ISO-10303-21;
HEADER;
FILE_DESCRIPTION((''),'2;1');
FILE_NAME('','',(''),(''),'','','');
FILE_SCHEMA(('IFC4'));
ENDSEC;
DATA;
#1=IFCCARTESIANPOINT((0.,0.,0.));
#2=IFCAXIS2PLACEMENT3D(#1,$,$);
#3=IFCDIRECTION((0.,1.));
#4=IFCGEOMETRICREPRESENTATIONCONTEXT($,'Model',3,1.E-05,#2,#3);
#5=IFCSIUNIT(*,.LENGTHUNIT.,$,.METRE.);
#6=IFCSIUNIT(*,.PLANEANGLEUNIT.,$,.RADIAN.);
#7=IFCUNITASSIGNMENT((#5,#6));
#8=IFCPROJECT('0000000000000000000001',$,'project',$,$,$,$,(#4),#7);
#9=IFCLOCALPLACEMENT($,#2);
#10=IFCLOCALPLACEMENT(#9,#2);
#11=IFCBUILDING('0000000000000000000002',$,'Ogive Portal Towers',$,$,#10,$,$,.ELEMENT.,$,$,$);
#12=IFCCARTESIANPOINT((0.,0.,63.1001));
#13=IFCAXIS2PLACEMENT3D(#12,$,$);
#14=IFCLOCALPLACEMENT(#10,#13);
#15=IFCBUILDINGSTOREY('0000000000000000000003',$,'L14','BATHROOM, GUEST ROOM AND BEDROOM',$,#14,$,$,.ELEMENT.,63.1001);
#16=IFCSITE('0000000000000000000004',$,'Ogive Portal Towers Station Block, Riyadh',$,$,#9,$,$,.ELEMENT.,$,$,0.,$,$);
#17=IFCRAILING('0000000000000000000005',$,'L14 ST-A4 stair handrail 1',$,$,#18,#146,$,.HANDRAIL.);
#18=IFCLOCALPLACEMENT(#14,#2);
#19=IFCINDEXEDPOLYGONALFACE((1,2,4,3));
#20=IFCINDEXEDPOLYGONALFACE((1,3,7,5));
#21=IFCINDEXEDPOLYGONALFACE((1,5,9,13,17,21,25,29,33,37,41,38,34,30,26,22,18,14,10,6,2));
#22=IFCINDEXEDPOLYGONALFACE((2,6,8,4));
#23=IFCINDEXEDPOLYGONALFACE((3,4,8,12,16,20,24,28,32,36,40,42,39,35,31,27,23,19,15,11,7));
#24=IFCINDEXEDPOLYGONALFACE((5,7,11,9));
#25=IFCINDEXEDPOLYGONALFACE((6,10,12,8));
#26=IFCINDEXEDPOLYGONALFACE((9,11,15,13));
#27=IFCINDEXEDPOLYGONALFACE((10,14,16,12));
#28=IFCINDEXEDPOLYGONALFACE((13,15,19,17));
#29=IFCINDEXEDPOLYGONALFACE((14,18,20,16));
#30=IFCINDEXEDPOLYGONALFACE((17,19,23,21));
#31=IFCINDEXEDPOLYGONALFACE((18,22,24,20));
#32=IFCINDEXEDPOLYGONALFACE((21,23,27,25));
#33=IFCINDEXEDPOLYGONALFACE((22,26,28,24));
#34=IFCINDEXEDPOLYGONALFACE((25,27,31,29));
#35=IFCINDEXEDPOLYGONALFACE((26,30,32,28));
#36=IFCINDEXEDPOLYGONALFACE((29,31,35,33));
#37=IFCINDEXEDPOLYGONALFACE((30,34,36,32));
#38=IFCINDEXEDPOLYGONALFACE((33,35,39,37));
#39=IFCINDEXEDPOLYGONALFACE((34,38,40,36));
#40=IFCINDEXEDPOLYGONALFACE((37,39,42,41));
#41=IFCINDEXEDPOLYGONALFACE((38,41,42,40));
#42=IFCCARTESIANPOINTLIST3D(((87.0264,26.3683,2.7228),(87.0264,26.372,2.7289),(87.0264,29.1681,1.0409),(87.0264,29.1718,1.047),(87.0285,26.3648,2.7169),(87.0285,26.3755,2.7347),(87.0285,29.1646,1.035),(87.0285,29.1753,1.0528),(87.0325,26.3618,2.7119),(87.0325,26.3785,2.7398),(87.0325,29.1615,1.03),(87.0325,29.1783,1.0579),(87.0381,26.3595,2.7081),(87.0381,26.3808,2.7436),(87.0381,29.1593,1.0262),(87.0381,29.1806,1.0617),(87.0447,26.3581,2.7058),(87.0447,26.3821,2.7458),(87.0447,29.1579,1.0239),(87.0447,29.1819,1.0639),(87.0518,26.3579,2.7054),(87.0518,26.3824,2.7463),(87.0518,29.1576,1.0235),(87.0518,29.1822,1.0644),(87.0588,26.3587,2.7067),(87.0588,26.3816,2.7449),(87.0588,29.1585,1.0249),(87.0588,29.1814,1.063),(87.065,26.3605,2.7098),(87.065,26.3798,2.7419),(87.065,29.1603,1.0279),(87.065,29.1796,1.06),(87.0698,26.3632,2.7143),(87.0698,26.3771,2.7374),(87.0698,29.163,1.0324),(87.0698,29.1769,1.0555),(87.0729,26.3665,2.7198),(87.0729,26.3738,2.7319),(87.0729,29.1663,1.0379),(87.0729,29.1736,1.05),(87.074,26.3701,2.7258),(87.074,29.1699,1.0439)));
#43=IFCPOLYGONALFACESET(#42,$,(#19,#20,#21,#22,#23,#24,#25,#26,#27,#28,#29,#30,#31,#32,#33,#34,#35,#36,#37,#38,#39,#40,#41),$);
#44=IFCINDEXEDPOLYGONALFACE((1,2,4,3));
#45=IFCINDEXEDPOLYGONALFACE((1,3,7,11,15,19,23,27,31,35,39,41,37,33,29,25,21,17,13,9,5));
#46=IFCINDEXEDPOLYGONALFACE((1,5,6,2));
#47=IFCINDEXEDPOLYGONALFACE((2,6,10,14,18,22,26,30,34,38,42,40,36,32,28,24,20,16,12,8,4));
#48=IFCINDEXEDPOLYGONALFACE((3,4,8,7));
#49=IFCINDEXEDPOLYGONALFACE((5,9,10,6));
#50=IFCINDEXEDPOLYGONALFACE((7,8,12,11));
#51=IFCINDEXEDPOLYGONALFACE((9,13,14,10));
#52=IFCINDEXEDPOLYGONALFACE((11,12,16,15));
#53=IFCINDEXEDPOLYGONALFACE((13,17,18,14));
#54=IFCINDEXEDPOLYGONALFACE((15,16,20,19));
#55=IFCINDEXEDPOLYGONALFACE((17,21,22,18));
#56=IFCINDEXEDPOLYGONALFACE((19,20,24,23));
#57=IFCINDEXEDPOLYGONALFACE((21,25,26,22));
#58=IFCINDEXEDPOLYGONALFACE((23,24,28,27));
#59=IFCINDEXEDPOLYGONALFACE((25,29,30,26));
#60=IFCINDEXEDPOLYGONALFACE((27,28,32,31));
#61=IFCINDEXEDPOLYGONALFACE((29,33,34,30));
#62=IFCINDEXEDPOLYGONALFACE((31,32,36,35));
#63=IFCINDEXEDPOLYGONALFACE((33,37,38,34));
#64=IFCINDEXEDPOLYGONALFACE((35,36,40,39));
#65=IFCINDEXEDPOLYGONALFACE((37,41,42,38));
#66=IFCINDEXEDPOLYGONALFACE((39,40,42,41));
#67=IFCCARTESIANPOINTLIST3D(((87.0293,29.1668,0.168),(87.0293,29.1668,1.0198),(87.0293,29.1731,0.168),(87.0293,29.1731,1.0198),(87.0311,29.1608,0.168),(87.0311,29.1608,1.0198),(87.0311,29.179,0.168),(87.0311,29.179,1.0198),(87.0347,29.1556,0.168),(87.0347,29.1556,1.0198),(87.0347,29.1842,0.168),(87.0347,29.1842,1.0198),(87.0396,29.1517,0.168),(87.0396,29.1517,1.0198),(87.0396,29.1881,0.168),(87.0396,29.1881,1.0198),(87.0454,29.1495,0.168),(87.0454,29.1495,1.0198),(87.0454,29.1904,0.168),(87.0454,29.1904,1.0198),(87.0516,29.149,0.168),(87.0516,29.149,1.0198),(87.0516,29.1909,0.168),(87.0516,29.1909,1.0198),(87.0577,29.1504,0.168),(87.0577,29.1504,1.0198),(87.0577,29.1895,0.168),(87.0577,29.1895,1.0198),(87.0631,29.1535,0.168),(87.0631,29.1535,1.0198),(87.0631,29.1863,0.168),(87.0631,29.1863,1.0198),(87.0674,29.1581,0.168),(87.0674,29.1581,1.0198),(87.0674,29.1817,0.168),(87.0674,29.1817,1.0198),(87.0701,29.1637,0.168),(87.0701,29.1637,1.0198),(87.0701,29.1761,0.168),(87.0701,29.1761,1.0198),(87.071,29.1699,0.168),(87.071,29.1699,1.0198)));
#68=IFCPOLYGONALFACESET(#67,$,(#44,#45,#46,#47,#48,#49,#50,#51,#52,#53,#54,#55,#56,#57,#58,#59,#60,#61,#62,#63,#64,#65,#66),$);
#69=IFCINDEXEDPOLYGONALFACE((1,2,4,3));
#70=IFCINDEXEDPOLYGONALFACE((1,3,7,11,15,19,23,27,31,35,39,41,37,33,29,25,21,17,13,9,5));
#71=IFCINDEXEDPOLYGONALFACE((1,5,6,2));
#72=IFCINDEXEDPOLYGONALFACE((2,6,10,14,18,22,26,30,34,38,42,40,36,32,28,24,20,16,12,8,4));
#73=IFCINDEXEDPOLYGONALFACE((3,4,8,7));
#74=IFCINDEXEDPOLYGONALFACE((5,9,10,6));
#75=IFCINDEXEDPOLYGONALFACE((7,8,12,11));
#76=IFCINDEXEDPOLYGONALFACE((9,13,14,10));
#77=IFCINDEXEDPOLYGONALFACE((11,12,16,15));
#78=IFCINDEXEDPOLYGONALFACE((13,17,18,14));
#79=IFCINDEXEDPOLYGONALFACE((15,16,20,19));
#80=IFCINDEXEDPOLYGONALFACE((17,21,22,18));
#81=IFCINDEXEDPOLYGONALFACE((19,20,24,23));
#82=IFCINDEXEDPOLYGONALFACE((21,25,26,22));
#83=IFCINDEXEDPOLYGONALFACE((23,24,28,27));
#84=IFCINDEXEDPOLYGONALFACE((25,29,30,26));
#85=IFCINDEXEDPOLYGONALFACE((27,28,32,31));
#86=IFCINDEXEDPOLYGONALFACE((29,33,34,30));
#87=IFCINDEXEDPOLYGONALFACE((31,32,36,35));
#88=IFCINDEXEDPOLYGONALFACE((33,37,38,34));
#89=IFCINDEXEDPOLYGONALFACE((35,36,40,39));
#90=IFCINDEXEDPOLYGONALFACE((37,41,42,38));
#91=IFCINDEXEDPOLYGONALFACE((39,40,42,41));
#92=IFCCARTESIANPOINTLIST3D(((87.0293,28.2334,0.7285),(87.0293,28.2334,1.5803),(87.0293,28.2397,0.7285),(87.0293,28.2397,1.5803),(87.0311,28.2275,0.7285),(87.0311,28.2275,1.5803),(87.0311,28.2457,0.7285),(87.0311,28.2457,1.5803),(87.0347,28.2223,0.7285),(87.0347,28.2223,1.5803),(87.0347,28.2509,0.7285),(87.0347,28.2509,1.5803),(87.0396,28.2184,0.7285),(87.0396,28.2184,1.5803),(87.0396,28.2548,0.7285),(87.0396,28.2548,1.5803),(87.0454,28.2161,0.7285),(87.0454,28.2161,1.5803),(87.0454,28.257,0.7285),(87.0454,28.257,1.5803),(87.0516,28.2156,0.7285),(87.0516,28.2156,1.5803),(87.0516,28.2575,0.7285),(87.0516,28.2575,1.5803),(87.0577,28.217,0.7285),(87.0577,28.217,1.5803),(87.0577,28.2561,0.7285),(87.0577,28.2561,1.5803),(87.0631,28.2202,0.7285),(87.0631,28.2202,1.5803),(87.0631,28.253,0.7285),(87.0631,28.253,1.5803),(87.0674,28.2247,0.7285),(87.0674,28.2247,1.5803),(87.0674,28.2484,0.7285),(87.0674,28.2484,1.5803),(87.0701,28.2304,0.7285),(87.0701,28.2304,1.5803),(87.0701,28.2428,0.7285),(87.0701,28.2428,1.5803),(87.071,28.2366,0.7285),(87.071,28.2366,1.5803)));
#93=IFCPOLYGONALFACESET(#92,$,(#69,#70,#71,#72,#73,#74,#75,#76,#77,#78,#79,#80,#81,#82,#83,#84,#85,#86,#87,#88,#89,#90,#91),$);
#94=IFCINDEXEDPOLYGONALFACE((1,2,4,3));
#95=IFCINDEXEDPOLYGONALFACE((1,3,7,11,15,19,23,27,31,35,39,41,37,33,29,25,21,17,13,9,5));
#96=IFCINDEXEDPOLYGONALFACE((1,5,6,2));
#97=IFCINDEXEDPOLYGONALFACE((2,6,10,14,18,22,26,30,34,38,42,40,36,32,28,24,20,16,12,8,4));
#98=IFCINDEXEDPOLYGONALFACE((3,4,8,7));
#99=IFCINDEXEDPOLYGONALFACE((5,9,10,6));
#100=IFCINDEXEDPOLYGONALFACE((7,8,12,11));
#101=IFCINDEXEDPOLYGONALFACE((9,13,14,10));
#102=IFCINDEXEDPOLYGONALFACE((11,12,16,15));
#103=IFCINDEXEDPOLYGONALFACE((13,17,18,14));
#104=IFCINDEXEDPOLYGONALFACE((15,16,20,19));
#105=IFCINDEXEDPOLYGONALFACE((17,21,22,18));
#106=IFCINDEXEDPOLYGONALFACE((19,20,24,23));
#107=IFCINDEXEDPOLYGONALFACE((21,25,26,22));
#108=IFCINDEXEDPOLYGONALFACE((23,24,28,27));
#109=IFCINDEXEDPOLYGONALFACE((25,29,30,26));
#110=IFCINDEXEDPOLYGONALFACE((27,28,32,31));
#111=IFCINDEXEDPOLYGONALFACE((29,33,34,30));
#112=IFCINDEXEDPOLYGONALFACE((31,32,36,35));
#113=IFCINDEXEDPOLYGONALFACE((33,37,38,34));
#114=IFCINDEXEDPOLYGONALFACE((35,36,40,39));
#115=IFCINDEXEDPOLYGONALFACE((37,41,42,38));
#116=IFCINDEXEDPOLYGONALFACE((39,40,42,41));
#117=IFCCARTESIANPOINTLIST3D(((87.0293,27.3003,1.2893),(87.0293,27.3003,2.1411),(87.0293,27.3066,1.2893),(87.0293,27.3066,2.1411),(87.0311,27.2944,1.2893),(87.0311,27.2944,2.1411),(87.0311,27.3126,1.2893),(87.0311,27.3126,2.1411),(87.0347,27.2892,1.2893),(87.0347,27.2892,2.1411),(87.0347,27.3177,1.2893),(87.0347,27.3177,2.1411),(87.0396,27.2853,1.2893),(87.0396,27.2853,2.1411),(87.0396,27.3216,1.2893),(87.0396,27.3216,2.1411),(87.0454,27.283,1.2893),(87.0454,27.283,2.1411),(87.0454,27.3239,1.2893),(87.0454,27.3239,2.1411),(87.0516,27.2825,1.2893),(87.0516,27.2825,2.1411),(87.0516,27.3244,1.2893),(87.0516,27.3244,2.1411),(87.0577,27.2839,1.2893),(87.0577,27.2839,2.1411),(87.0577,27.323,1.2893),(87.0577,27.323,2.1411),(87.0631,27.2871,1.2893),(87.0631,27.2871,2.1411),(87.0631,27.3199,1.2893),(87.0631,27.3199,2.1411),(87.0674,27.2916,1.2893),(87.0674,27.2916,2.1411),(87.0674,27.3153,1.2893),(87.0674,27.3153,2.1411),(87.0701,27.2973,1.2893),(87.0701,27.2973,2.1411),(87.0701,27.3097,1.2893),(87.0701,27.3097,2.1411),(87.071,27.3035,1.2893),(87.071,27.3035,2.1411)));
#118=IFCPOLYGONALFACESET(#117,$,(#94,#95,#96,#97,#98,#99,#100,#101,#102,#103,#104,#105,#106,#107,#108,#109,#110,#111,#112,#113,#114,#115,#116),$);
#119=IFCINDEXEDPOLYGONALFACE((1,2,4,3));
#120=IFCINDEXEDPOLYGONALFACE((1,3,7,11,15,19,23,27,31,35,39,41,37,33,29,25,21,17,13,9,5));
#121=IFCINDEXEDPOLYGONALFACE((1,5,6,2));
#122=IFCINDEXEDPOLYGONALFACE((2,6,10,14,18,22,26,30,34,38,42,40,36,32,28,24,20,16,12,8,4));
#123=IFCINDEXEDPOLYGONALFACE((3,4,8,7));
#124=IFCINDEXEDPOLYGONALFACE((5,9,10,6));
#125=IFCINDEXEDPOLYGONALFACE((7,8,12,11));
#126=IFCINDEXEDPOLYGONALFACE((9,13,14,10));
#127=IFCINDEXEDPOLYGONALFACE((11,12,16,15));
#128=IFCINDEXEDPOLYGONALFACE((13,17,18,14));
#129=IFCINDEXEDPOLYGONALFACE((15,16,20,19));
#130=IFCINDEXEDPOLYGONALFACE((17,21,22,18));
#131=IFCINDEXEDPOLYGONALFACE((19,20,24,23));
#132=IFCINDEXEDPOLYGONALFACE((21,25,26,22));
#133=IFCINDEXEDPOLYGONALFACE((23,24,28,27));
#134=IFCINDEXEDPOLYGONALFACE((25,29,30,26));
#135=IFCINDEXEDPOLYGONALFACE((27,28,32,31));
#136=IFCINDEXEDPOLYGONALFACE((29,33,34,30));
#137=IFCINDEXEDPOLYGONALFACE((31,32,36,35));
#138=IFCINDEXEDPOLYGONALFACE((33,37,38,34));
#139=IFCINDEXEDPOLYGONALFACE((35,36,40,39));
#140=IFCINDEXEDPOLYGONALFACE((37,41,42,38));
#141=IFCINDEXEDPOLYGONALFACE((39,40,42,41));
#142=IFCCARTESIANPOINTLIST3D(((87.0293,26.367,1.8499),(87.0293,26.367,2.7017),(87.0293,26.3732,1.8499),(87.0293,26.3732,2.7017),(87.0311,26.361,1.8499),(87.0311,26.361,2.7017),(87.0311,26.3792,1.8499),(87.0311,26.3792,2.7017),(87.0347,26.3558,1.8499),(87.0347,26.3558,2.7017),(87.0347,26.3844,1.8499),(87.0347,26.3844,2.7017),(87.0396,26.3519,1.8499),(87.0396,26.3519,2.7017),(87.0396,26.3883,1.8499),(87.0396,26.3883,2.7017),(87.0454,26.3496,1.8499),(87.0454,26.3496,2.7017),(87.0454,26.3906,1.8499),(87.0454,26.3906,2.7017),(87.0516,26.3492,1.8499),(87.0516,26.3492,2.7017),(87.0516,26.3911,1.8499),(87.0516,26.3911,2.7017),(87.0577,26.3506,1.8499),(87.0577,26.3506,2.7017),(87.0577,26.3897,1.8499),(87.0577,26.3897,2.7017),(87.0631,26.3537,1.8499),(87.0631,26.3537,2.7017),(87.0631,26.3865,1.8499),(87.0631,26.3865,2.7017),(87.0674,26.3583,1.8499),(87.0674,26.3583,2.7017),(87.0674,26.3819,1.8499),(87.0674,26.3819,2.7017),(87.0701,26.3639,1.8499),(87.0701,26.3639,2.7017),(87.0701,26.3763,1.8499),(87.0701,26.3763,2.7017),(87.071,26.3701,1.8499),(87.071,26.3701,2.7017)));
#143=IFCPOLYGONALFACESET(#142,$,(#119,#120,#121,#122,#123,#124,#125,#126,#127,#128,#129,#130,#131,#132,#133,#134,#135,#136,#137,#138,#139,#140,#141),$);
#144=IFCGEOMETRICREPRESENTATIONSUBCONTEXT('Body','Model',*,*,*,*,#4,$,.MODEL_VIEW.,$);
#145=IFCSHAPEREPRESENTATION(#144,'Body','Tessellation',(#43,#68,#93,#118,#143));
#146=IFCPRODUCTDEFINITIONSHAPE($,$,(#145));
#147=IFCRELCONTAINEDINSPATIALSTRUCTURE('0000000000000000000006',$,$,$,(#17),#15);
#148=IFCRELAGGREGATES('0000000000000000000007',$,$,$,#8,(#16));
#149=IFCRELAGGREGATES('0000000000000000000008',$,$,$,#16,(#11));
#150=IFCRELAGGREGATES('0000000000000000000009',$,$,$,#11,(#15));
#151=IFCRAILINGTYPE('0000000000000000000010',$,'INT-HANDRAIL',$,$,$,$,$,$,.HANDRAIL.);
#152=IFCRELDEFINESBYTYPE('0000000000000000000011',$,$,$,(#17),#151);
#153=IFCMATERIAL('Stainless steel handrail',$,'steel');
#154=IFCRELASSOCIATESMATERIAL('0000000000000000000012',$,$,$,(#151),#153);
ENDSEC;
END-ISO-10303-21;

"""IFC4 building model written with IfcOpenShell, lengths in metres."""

from ifc_helpers import new_model, si_unit, direction, frame, origin, origin_2d, place, context, subcontext, project, spatial, circle, extrude, material, type_object, element, save


model = new_model("IFC4")

# Units and contexts
model_context = context("Model", 3, precision=1e-05, world=origin(), true_north=direction((0.0, 1.0)))
body_context = subcontext(model_context, "Body", "Model", "MODEL_VIEW")
ifc_project = project(units=[si_unit("LENGTHUNIT", "METRE"), si_unit("PLANEANGLEUNIT", "RADIAN")], contexts=[model_context])

# Site, building, storey
site_placement = place(None, origin())
site = spatial("IfcSite", under=ifc_project, at=site_placement, Name="Ogive Portal Towers Station Block, Riyadh", CompositionType="ELEMENT", RefElevation=0.0)
building_placement = place(site_placement, origin())
building = spatial("IfcBuilding", under=site, at=building_placement, Name="Ogive Portal Towers", CompositionType="ELEMENT")
storey_placement = place(building_placement, frame((0.0, 0.0, 63.1001)))
storey = spatial("IfcBuildingStorey", under=building, at=storey_placement, Name="L14", Description="BATHROOM, GUEST ROOM AND BEDROOM", CompositionType="ELEMENT", Elevation=63.1001)

# Railing
ifc_material_1 = material(Name="Stainless steel handrail", Category="steel")
railing_type_1 = type_object("IfcRailingType", Name="INT-HANDRAIL", PredefinedType="HANDRAIL", material=ifc_material_1)
railing_1_placement = place(storey_placement, frame((87.05, 29.1699, 0.168)))
element("IfcRailing", 1, at=railing_1_placement, inside=storey, type_object=railing_type_1, Name="L14 ST-A4 stair handrail 1", PredefinedType="HANDRAIL", context=body_context, shape_type="SweptSolid", body=[
    extrude(circle(Radius=0.0239, at=origin_2d()), frame((0.0, 0.0, 0.876), z_axis=(0.0, -0.857222, 0.514946), x_axis=(1.0, 0.0, 0.0)), (0.0, 0.0, 1.0), 3.2661),
    extrude(circle(Radius=0.021, at=origin_2d()), origin(), (0.0, 0.0, 1.0), 0.8518),
    extrude(circle(Radius=0.021, at=origin_2d()), frame((0.0, -0.9333, 0.5605)), (0.0, 0.0, 1.0), 0.8518),
    extrude(circle(Radius=0.021, at=origin_2d()), frame((0.0, -1.8665, 1.1213)), (0.0, 0.0, 1.0), 0.8518),
    extrude(circle(Radius=0.021, at=origin_2d()), frame((0.0, -2.7998, 1.6819)), (0.0, 0.0, 1.0), 0.8518),
])

save(model, "model.ifc")
